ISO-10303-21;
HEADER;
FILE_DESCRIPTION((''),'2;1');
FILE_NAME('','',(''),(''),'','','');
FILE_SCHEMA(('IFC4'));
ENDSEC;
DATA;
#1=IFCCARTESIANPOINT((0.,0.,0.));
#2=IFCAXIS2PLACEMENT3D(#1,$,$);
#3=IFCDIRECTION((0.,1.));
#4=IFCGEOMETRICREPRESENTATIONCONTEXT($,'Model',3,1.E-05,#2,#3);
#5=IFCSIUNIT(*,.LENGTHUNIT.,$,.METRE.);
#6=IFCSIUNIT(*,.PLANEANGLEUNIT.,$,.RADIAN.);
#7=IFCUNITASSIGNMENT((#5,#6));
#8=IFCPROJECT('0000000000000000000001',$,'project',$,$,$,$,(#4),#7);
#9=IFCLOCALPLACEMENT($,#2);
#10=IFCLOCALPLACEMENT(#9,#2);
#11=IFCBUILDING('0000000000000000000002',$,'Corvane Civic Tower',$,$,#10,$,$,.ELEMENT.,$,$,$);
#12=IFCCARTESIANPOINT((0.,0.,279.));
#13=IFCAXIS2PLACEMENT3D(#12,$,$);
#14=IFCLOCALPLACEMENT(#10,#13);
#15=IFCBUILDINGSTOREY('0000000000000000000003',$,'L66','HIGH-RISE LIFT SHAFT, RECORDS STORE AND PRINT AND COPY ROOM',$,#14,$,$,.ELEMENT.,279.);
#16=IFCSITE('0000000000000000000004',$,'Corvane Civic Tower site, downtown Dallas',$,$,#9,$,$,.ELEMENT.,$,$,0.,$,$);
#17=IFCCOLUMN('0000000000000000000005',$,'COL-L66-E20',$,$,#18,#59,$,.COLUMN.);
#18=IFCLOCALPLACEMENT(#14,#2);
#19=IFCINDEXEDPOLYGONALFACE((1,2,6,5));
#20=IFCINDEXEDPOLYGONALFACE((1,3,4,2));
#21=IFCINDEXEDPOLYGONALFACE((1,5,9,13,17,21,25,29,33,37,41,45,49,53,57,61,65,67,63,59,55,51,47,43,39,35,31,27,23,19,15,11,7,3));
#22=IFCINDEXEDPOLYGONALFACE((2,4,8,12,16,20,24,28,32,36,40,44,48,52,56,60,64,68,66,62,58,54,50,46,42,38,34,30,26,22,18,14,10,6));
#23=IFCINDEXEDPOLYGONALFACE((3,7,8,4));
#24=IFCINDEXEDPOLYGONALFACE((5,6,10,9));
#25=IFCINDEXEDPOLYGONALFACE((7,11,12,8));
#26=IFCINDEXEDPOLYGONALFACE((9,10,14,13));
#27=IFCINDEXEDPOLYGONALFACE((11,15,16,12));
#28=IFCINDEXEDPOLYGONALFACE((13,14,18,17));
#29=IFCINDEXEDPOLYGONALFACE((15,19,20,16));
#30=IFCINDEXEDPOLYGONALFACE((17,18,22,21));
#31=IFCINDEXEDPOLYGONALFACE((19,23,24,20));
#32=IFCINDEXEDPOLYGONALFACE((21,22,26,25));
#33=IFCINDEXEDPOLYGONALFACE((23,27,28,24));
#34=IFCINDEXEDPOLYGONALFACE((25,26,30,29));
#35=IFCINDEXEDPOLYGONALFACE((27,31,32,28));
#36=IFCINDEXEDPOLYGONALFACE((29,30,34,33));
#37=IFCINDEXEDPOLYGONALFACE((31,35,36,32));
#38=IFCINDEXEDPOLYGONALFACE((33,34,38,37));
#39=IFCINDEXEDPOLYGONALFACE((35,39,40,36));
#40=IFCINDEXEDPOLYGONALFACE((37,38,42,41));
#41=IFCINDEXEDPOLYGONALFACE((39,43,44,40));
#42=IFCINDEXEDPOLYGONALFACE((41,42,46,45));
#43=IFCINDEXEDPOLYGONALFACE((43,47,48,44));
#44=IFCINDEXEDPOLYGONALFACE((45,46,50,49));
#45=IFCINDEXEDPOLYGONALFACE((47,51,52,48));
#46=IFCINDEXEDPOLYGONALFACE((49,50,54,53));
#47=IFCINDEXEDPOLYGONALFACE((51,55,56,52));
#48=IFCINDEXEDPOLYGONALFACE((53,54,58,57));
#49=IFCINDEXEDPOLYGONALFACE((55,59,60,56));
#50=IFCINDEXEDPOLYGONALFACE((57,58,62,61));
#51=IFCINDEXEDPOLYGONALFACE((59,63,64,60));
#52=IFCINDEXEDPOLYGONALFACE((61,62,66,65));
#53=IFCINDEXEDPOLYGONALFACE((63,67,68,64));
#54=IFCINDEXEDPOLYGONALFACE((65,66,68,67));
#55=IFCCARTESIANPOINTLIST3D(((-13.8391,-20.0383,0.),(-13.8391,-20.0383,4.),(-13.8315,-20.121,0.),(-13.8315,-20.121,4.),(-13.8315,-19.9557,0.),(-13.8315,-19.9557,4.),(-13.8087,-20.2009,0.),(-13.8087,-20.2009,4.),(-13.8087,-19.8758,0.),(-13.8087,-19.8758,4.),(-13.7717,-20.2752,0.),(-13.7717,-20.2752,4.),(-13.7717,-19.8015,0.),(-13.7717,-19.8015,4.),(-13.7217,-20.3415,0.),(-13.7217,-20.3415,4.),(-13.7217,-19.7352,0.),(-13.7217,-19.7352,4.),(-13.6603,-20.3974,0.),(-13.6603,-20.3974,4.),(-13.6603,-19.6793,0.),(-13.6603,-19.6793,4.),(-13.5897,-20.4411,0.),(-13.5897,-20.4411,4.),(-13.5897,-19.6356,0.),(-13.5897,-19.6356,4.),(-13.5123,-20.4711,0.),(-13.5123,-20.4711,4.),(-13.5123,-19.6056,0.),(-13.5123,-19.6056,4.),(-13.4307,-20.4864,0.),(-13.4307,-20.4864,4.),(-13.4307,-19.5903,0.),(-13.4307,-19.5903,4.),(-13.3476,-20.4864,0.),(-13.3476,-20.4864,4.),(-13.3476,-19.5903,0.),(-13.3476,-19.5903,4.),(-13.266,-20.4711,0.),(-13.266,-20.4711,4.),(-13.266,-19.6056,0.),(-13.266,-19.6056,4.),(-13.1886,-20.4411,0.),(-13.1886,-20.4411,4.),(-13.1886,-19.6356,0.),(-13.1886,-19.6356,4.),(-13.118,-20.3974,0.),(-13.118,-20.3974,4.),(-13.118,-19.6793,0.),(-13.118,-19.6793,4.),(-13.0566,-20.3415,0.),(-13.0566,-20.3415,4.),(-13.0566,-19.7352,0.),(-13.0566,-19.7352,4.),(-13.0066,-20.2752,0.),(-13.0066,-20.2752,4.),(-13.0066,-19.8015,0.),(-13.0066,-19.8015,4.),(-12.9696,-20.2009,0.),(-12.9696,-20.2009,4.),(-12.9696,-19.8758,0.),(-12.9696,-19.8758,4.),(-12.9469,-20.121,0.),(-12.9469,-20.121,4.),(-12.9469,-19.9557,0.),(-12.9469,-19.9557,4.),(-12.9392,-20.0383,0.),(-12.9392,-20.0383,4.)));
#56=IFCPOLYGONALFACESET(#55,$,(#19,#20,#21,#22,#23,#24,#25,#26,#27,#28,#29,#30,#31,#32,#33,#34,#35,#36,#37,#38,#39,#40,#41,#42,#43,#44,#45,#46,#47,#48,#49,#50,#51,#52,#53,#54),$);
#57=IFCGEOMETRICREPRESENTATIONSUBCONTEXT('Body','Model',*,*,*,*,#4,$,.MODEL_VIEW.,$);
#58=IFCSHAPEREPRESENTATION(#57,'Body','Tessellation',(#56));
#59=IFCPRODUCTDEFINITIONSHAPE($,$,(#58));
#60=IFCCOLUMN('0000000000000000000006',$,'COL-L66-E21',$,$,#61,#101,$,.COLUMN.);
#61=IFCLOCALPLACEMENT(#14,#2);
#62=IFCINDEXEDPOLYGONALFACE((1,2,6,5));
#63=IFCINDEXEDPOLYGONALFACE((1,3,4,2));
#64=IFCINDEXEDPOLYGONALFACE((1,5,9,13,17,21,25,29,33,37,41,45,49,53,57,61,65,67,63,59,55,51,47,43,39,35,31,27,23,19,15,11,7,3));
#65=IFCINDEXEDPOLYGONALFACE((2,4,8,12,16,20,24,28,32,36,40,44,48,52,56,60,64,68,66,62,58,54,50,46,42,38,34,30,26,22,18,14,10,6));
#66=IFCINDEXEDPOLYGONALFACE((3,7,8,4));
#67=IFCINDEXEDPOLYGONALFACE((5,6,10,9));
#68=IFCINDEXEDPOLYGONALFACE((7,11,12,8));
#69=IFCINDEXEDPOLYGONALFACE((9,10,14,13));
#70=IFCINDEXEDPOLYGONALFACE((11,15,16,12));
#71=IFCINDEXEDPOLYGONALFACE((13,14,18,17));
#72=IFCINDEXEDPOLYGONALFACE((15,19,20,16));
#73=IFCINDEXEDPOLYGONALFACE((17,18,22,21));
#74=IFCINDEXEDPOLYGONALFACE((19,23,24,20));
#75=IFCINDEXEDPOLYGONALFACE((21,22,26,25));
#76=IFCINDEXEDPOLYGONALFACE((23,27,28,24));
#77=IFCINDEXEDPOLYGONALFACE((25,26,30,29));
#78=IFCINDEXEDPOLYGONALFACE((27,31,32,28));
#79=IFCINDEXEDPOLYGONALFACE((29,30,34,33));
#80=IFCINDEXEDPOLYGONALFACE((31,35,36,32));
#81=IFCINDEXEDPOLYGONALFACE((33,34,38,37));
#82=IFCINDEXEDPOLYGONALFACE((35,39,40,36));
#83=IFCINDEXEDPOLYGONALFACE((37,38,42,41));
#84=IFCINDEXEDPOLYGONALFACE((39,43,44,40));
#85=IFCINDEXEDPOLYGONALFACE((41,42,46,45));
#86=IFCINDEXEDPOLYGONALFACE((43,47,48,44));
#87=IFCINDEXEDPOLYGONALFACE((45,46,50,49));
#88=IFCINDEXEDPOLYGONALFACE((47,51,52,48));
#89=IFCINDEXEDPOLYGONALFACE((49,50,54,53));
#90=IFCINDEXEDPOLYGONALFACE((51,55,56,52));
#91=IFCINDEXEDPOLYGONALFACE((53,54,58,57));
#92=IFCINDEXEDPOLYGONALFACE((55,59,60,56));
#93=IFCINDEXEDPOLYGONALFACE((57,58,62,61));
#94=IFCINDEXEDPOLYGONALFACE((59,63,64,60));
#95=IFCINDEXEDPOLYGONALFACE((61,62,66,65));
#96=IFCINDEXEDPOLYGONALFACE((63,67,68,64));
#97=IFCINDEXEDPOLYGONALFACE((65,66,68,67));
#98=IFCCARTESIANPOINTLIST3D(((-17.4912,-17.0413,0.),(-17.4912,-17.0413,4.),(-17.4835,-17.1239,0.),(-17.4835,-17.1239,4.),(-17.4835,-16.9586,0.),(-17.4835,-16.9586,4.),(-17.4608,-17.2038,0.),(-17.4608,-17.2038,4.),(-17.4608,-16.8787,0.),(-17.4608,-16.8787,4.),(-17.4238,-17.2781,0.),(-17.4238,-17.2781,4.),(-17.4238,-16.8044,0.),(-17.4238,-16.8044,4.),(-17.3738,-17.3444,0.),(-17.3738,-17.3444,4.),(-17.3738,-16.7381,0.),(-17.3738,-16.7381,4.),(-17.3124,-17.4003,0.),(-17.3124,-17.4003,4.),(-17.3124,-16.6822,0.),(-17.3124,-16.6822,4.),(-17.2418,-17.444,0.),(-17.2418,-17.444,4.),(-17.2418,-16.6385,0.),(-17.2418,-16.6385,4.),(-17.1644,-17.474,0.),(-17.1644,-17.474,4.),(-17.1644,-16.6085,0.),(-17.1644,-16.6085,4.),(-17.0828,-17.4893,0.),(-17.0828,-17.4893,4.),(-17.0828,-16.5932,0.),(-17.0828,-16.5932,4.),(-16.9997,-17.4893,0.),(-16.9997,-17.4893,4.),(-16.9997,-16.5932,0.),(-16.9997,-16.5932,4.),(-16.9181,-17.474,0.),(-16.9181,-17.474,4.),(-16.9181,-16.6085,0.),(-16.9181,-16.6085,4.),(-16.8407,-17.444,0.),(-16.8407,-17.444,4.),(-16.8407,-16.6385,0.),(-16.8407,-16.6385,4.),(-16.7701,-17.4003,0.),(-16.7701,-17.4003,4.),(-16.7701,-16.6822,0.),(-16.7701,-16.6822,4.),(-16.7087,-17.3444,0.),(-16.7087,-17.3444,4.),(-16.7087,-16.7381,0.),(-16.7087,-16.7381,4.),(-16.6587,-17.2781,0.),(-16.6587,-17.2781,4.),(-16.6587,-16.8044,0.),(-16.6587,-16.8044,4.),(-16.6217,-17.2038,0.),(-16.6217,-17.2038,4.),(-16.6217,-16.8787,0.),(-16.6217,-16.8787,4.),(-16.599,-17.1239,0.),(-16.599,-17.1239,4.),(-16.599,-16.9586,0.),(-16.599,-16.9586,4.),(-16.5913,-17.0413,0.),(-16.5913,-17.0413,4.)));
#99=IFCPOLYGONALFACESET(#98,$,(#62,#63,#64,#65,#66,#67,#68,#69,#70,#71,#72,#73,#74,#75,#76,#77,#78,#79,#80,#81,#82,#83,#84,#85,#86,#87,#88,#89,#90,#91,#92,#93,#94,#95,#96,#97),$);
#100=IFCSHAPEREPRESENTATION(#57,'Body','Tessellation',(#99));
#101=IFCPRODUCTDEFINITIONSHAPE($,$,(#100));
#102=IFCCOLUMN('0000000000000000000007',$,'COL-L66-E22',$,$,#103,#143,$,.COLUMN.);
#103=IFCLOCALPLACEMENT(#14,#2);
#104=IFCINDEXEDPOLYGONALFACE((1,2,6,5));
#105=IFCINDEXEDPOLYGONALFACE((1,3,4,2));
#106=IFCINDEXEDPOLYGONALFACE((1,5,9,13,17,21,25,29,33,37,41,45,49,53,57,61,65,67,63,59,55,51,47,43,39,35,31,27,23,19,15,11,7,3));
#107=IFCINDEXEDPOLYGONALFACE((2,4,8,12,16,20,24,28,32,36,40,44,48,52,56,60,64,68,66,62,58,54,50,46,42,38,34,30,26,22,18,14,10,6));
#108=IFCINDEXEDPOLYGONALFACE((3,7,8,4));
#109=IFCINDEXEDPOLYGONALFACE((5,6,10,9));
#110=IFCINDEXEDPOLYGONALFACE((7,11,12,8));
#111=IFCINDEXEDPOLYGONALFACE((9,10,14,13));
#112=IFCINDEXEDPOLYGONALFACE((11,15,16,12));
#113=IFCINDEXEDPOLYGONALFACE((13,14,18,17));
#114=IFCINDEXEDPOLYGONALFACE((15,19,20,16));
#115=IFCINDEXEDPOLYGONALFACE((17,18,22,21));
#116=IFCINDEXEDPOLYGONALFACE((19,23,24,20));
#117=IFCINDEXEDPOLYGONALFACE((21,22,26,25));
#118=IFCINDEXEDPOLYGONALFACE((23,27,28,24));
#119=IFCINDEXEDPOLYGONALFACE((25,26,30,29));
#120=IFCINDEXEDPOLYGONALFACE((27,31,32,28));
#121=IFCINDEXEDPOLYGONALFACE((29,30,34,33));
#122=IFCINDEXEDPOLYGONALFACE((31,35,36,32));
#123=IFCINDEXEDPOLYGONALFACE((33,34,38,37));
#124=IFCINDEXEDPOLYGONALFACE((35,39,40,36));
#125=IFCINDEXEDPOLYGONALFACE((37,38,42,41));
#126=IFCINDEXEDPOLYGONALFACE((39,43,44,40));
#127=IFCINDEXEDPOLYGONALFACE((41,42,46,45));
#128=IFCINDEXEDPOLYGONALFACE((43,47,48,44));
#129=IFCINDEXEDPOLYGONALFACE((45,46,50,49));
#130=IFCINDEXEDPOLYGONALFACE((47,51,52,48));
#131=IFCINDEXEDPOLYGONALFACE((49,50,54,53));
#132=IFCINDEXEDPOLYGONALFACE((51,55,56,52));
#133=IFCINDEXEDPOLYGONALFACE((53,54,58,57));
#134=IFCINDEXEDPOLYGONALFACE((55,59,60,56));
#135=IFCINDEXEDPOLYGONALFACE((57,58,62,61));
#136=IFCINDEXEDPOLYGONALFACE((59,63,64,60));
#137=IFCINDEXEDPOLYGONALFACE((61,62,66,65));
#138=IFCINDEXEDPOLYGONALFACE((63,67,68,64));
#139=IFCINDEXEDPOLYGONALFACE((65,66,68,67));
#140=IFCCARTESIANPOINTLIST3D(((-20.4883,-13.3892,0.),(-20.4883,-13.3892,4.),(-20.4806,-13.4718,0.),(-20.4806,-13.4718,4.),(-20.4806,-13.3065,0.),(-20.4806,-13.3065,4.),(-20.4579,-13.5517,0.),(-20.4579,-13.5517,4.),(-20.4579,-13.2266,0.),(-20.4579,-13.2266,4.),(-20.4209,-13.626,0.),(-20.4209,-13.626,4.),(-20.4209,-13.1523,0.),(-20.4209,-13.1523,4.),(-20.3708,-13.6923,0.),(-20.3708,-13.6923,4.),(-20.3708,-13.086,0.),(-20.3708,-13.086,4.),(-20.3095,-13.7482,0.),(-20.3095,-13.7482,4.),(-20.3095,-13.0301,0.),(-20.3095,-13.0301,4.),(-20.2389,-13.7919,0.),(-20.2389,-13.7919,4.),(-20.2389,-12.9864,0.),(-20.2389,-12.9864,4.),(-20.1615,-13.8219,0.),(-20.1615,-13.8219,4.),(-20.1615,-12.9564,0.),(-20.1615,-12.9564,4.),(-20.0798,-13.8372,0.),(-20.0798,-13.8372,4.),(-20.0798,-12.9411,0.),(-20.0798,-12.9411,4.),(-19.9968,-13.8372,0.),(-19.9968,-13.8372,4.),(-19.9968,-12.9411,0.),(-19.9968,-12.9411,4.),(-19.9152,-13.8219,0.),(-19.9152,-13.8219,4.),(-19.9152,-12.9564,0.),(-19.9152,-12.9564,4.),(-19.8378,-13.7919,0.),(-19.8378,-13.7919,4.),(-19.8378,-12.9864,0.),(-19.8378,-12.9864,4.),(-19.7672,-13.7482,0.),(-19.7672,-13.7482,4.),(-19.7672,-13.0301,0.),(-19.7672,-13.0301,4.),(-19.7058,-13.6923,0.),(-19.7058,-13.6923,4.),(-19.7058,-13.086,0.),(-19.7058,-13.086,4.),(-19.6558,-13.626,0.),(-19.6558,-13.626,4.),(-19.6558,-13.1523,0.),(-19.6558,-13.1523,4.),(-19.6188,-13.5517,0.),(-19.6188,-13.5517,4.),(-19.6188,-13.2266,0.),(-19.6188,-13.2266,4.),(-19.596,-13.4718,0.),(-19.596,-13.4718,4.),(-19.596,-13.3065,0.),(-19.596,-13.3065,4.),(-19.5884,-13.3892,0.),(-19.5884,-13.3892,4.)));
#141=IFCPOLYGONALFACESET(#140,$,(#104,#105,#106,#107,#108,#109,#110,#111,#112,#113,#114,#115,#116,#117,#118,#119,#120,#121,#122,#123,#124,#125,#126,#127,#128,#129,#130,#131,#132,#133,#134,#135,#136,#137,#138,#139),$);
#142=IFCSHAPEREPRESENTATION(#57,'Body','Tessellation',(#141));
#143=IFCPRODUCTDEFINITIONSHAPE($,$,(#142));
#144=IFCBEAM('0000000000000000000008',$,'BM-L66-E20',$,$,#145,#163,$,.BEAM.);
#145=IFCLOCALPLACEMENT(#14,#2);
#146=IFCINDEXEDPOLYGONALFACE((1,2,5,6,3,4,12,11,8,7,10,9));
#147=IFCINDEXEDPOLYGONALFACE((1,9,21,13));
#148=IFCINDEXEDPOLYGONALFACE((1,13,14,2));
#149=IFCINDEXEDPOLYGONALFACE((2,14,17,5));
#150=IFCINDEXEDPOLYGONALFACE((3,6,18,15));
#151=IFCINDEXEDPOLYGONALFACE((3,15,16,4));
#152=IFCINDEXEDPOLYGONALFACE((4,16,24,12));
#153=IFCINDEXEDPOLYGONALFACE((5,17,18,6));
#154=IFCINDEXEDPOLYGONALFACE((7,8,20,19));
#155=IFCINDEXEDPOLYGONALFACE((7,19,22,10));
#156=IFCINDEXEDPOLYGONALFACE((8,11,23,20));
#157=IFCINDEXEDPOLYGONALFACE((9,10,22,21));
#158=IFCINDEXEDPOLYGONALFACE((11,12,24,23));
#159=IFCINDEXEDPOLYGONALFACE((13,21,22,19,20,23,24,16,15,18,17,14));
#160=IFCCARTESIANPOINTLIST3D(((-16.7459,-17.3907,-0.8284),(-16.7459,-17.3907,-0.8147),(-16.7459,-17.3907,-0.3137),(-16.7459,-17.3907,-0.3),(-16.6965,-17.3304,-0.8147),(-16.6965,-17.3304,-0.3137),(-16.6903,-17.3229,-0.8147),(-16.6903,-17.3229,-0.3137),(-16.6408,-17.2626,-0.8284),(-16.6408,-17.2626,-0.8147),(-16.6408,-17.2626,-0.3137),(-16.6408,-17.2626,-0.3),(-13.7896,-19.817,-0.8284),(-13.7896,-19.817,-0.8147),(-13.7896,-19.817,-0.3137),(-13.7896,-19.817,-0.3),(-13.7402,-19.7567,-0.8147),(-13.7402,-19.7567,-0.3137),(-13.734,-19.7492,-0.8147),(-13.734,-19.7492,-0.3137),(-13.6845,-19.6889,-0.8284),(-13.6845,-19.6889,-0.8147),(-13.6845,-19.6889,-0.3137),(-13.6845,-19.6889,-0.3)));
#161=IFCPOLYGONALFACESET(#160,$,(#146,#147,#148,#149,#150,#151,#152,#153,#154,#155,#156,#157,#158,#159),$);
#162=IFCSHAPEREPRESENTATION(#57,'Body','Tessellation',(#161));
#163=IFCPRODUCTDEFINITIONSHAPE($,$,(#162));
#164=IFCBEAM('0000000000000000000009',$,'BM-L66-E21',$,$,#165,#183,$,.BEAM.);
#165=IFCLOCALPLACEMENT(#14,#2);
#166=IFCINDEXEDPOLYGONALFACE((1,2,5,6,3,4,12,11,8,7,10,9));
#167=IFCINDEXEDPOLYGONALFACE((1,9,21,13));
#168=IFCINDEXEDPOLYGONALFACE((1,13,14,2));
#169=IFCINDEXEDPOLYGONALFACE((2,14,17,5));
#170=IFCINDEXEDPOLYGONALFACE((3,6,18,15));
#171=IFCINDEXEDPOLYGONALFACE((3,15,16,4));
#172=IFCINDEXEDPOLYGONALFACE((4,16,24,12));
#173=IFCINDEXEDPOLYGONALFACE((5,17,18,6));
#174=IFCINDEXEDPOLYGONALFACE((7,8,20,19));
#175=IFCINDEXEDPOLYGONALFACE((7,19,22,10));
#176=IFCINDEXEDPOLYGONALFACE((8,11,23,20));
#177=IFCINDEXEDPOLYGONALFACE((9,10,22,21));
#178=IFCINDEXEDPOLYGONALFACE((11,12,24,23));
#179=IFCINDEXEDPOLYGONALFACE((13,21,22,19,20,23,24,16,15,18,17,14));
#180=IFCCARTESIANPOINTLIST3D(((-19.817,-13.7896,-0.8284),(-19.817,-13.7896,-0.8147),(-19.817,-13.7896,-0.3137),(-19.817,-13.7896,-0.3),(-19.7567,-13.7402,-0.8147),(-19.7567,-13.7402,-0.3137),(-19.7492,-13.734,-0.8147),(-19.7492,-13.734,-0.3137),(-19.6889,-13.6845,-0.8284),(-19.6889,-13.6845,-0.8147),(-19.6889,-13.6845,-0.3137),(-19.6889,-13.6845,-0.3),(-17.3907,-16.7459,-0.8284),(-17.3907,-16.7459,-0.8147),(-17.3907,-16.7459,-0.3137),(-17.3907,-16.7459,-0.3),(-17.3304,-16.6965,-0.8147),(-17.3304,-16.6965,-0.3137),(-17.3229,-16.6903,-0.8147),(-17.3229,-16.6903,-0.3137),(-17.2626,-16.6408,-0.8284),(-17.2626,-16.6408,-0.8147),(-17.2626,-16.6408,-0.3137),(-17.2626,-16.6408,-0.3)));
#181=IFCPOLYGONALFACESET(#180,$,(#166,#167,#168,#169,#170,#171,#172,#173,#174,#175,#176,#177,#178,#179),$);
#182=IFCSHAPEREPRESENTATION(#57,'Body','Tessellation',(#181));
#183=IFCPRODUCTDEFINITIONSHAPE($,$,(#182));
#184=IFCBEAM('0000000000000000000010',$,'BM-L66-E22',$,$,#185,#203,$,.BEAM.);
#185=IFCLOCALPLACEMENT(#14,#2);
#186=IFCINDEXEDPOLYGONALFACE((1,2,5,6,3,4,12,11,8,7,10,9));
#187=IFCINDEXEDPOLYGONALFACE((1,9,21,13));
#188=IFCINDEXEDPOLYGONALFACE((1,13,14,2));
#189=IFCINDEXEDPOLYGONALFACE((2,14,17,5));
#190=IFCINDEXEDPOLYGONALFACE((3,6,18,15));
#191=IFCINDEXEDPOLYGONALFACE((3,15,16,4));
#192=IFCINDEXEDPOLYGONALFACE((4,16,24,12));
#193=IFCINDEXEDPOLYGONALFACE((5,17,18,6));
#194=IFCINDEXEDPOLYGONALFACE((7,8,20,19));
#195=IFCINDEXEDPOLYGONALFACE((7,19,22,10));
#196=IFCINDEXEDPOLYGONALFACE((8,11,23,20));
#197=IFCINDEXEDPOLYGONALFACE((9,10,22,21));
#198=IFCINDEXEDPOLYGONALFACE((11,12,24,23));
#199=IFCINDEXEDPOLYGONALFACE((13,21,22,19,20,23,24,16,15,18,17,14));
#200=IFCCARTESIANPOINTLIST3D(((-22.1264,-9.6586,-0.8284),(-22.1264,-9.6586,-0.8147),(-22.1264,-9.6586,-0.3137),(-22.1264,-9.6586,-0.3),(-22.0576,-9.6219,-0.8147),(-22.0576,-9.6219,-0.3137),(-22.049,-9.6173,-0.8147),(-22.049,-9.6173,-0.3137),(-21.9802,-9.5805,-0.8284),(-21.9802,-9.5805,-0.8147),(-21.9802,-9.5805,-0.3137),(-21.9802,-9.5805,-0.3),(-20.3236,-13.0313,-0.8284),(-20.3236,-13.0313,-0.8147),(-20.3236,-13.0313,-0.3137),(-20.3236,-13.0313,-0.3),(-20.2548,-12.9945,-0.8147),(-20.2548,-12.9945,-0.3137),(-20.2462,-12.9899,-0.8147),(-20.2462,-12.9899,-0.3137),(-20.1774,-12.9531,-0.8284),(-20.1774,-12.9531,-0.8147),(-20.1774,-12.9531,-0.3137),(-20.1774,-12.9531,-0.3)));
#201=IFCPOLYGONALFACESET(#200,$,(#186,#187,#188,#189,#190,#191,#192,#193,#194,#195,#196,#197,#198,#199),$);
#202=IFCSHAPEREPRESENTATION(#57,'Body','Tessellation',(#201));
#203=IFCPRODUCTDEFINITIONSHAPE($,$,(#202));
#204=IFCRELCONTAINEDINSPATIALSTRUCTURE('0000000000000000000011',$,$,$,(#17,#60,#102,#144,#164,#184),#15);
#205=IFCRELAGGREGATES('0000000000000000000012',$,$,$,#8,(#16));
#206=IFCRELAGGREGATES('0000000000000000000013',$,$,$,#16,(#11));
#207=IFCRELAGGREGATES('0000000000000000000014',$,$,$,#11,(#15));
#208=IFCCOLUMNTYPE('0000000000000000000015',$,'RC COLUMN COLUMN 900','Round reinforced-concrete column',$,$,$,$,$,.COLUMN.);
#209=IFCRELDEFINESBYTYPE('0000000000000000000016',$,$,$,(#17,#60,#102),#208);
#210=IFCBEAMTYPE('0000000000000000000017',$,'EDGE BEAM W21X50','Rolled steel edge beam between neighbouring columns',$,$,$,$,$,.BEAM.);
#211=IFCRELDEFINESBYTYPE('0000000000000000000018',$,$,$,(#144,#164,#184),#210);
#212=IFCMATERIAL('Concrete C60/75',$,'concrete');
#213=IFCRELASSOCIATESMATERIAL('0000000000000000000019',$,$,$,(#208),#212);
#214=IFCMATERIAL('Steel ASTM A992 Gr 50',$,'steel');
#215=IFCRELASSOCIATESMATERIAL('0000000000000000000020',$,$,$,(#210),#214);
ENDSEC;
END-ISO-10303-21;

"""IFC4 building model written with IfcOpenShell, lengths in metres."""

from ifc_helpers import new_model, si_unit, direction, frame, origin, origin_2d, place, context, subcontext, project, spatial, circle, i_section, extrude, material, material_profile, profile_set, type_object, element, save


model = new_model("IFC4")

# Units and contexts
model_context = context("Model", 3, precision=1e-05, world=origin(), true_north=direction((0.0, 1.0)))
body_context = subcontext(model_context, "Body", "Model", "MODEL_VIEW")
ifc_project = project(units=[si_unit("LENGTHUNIT", "METRE"), si_unit("PLANEANGLEUNIT", "RADIAN")], contexts=[model_context])

# Site, building, storey
site_placement = place(None, origin())
site = spatial("IfcSite", under=ifc_project, at=site_placement, Name="Corvane Civic Tower site, downtown Dallas", CompositionType="ELEMENT", RefElevation=0.0)
building_placement = place(site_placement, origin())
building = spatial("IfcBuilding", under=site, at=building_placement, Name="Corvane Civic Tower", CompositionType="ELEMENT")
storey_placement = place(building_placement, frame((0.0, 0.0, 279.0)))
storey = spatial("IfcBuildingStorey", under=building, at=storey_placement, Name="L66", Description="HIGH-RISE LIFT SHAFT, RECORDS STORE AND PRINT AND COPY ROOM", CompositionType="ELEMENT", Elevation=279.0)

# Columns
ifc_material_1 = material(Name="Concrete C60/75", Category="concrete")
ifc_material_profile_1 = material_profile(ifc_material_1, circle(Radius=0.45, at=origin_2d()), Name="COLUMN 900")
ifc_profile_set_1 = profile_set([ifc_material_profile_1], Name="Concrete C60/75")
column_type = type_object("IfcColumnType", Name="RC COLUMN COLUMN 900", Description="Round reinforced-concrete column", PredefinedType="COLUMN", material=ifc_profile_set_1)
for number, where, z_axis, x_axis, name in (
    (1, (-13.3892, -20.0383, 0.0), (0.0, 0.0, 1.0), (1.0, 0.0, 0.0), "COL-L66-E20"),
    (2, (-17.0413, -17.0413, 0.0), (0.0, 0.0, 1.0), (1.0, 0.0, 0.0), "COL-L66-E21"),
    (3, (-20.0383, -13.3892, 0.0), (0.0, 0.0, 1.0), (1.0, 0.0, 0.0), "COL-L66-E22"),
):
    element("IfcColumn", number, at=place(storey_placement, frame(where, z_axis=z_axis, x_axis=x_axis)), inside=storey, type_object=column_type, Name=name, PredefinedType="COLUMN", context=body_context, shape_type="SweptSolid", body=[
        extrude(circle(Radius=0.45, at=origin_2d()), origin(), (0.0, 0.0, 1.0), 4.0),
    ])

# Beams
ifc_material_2 = material(Name="Steel ASTM A992 Gr 50", Category="steel")
ifc_material_profile_2 = material_profile(ifc_material_2, i_section(OverallWidth=0.1658, OverallDepth=0.5283, WebThickness=0.0098, FlangeThickness=0.0137, at=origin_2d()), Name="W21X50")
ifc_profile_set_2 = profile_set([ifc_material_profile_2], Name="Steel ASTM A992 Gr 50")
beam_type_1 = type_object("IfcBeamType", Name="EDGE BEAM W21X50", Description="Rolled steel edge beam between neighbouring columns", PredefinedType="BEAM", material=ifc_profile_set_2)
for number, where, z_axis, x_axis, name in (
    (4, (-13.7371, -19.7529, -0.5642), (-0.772998, 0.634409, 0.0), (-0.634409, -0.772998, 0.0), "BM-L66-E20"),
    (5, (-17.3267, -16.6934, -0.5642), (-0.634409, 0.772998, 0.0), (-0.772998, -0.634409, 0.0), "BM-L66-E21"),
):
    element("IfcBeam", number, at=place(storey_placement, frame(where, z_axis=z_axis, x_axis=x_axis)), inside=storey, type_object=beam_type_1, Name=name, PredefinedType="BEAM", context=body_context, shape_type="SweptSolid", body=[
        extrude(i_section(OverallWidth=0.1658, OverallDepth=0.5283, WebThickness=0.0098, FlangeThickness=0.0137, at=origin_2d()), origin(), (0.0, 0.0, 1.0), 3.8245),
    ])
beam_1_placement = place(storey_placement, frame((-20.2505, -12.9922, -0.5642), z_axis=(-0.47141, 0.881914, 0.0), x_axis=(-0.881914, -0.47141, 0.0)))
element("IfcBeam", 6, at=beam_1_placement, inside=storey, type_object=beam_type_1, Name="BM-L66-E22", PredefinedType="BEAM", context=body_context, shape_type="SweptSolid", body=[
    extrude(i_section(OverallWidth=0.1658, OverallDepth=0.5283, WebThickness=0.0098, FlangeThickness=0.0137, at=origin_2d()), origin(), (0.0, 0.0, 1.0), 3.8242),
])

save(model, "model.ifc")
